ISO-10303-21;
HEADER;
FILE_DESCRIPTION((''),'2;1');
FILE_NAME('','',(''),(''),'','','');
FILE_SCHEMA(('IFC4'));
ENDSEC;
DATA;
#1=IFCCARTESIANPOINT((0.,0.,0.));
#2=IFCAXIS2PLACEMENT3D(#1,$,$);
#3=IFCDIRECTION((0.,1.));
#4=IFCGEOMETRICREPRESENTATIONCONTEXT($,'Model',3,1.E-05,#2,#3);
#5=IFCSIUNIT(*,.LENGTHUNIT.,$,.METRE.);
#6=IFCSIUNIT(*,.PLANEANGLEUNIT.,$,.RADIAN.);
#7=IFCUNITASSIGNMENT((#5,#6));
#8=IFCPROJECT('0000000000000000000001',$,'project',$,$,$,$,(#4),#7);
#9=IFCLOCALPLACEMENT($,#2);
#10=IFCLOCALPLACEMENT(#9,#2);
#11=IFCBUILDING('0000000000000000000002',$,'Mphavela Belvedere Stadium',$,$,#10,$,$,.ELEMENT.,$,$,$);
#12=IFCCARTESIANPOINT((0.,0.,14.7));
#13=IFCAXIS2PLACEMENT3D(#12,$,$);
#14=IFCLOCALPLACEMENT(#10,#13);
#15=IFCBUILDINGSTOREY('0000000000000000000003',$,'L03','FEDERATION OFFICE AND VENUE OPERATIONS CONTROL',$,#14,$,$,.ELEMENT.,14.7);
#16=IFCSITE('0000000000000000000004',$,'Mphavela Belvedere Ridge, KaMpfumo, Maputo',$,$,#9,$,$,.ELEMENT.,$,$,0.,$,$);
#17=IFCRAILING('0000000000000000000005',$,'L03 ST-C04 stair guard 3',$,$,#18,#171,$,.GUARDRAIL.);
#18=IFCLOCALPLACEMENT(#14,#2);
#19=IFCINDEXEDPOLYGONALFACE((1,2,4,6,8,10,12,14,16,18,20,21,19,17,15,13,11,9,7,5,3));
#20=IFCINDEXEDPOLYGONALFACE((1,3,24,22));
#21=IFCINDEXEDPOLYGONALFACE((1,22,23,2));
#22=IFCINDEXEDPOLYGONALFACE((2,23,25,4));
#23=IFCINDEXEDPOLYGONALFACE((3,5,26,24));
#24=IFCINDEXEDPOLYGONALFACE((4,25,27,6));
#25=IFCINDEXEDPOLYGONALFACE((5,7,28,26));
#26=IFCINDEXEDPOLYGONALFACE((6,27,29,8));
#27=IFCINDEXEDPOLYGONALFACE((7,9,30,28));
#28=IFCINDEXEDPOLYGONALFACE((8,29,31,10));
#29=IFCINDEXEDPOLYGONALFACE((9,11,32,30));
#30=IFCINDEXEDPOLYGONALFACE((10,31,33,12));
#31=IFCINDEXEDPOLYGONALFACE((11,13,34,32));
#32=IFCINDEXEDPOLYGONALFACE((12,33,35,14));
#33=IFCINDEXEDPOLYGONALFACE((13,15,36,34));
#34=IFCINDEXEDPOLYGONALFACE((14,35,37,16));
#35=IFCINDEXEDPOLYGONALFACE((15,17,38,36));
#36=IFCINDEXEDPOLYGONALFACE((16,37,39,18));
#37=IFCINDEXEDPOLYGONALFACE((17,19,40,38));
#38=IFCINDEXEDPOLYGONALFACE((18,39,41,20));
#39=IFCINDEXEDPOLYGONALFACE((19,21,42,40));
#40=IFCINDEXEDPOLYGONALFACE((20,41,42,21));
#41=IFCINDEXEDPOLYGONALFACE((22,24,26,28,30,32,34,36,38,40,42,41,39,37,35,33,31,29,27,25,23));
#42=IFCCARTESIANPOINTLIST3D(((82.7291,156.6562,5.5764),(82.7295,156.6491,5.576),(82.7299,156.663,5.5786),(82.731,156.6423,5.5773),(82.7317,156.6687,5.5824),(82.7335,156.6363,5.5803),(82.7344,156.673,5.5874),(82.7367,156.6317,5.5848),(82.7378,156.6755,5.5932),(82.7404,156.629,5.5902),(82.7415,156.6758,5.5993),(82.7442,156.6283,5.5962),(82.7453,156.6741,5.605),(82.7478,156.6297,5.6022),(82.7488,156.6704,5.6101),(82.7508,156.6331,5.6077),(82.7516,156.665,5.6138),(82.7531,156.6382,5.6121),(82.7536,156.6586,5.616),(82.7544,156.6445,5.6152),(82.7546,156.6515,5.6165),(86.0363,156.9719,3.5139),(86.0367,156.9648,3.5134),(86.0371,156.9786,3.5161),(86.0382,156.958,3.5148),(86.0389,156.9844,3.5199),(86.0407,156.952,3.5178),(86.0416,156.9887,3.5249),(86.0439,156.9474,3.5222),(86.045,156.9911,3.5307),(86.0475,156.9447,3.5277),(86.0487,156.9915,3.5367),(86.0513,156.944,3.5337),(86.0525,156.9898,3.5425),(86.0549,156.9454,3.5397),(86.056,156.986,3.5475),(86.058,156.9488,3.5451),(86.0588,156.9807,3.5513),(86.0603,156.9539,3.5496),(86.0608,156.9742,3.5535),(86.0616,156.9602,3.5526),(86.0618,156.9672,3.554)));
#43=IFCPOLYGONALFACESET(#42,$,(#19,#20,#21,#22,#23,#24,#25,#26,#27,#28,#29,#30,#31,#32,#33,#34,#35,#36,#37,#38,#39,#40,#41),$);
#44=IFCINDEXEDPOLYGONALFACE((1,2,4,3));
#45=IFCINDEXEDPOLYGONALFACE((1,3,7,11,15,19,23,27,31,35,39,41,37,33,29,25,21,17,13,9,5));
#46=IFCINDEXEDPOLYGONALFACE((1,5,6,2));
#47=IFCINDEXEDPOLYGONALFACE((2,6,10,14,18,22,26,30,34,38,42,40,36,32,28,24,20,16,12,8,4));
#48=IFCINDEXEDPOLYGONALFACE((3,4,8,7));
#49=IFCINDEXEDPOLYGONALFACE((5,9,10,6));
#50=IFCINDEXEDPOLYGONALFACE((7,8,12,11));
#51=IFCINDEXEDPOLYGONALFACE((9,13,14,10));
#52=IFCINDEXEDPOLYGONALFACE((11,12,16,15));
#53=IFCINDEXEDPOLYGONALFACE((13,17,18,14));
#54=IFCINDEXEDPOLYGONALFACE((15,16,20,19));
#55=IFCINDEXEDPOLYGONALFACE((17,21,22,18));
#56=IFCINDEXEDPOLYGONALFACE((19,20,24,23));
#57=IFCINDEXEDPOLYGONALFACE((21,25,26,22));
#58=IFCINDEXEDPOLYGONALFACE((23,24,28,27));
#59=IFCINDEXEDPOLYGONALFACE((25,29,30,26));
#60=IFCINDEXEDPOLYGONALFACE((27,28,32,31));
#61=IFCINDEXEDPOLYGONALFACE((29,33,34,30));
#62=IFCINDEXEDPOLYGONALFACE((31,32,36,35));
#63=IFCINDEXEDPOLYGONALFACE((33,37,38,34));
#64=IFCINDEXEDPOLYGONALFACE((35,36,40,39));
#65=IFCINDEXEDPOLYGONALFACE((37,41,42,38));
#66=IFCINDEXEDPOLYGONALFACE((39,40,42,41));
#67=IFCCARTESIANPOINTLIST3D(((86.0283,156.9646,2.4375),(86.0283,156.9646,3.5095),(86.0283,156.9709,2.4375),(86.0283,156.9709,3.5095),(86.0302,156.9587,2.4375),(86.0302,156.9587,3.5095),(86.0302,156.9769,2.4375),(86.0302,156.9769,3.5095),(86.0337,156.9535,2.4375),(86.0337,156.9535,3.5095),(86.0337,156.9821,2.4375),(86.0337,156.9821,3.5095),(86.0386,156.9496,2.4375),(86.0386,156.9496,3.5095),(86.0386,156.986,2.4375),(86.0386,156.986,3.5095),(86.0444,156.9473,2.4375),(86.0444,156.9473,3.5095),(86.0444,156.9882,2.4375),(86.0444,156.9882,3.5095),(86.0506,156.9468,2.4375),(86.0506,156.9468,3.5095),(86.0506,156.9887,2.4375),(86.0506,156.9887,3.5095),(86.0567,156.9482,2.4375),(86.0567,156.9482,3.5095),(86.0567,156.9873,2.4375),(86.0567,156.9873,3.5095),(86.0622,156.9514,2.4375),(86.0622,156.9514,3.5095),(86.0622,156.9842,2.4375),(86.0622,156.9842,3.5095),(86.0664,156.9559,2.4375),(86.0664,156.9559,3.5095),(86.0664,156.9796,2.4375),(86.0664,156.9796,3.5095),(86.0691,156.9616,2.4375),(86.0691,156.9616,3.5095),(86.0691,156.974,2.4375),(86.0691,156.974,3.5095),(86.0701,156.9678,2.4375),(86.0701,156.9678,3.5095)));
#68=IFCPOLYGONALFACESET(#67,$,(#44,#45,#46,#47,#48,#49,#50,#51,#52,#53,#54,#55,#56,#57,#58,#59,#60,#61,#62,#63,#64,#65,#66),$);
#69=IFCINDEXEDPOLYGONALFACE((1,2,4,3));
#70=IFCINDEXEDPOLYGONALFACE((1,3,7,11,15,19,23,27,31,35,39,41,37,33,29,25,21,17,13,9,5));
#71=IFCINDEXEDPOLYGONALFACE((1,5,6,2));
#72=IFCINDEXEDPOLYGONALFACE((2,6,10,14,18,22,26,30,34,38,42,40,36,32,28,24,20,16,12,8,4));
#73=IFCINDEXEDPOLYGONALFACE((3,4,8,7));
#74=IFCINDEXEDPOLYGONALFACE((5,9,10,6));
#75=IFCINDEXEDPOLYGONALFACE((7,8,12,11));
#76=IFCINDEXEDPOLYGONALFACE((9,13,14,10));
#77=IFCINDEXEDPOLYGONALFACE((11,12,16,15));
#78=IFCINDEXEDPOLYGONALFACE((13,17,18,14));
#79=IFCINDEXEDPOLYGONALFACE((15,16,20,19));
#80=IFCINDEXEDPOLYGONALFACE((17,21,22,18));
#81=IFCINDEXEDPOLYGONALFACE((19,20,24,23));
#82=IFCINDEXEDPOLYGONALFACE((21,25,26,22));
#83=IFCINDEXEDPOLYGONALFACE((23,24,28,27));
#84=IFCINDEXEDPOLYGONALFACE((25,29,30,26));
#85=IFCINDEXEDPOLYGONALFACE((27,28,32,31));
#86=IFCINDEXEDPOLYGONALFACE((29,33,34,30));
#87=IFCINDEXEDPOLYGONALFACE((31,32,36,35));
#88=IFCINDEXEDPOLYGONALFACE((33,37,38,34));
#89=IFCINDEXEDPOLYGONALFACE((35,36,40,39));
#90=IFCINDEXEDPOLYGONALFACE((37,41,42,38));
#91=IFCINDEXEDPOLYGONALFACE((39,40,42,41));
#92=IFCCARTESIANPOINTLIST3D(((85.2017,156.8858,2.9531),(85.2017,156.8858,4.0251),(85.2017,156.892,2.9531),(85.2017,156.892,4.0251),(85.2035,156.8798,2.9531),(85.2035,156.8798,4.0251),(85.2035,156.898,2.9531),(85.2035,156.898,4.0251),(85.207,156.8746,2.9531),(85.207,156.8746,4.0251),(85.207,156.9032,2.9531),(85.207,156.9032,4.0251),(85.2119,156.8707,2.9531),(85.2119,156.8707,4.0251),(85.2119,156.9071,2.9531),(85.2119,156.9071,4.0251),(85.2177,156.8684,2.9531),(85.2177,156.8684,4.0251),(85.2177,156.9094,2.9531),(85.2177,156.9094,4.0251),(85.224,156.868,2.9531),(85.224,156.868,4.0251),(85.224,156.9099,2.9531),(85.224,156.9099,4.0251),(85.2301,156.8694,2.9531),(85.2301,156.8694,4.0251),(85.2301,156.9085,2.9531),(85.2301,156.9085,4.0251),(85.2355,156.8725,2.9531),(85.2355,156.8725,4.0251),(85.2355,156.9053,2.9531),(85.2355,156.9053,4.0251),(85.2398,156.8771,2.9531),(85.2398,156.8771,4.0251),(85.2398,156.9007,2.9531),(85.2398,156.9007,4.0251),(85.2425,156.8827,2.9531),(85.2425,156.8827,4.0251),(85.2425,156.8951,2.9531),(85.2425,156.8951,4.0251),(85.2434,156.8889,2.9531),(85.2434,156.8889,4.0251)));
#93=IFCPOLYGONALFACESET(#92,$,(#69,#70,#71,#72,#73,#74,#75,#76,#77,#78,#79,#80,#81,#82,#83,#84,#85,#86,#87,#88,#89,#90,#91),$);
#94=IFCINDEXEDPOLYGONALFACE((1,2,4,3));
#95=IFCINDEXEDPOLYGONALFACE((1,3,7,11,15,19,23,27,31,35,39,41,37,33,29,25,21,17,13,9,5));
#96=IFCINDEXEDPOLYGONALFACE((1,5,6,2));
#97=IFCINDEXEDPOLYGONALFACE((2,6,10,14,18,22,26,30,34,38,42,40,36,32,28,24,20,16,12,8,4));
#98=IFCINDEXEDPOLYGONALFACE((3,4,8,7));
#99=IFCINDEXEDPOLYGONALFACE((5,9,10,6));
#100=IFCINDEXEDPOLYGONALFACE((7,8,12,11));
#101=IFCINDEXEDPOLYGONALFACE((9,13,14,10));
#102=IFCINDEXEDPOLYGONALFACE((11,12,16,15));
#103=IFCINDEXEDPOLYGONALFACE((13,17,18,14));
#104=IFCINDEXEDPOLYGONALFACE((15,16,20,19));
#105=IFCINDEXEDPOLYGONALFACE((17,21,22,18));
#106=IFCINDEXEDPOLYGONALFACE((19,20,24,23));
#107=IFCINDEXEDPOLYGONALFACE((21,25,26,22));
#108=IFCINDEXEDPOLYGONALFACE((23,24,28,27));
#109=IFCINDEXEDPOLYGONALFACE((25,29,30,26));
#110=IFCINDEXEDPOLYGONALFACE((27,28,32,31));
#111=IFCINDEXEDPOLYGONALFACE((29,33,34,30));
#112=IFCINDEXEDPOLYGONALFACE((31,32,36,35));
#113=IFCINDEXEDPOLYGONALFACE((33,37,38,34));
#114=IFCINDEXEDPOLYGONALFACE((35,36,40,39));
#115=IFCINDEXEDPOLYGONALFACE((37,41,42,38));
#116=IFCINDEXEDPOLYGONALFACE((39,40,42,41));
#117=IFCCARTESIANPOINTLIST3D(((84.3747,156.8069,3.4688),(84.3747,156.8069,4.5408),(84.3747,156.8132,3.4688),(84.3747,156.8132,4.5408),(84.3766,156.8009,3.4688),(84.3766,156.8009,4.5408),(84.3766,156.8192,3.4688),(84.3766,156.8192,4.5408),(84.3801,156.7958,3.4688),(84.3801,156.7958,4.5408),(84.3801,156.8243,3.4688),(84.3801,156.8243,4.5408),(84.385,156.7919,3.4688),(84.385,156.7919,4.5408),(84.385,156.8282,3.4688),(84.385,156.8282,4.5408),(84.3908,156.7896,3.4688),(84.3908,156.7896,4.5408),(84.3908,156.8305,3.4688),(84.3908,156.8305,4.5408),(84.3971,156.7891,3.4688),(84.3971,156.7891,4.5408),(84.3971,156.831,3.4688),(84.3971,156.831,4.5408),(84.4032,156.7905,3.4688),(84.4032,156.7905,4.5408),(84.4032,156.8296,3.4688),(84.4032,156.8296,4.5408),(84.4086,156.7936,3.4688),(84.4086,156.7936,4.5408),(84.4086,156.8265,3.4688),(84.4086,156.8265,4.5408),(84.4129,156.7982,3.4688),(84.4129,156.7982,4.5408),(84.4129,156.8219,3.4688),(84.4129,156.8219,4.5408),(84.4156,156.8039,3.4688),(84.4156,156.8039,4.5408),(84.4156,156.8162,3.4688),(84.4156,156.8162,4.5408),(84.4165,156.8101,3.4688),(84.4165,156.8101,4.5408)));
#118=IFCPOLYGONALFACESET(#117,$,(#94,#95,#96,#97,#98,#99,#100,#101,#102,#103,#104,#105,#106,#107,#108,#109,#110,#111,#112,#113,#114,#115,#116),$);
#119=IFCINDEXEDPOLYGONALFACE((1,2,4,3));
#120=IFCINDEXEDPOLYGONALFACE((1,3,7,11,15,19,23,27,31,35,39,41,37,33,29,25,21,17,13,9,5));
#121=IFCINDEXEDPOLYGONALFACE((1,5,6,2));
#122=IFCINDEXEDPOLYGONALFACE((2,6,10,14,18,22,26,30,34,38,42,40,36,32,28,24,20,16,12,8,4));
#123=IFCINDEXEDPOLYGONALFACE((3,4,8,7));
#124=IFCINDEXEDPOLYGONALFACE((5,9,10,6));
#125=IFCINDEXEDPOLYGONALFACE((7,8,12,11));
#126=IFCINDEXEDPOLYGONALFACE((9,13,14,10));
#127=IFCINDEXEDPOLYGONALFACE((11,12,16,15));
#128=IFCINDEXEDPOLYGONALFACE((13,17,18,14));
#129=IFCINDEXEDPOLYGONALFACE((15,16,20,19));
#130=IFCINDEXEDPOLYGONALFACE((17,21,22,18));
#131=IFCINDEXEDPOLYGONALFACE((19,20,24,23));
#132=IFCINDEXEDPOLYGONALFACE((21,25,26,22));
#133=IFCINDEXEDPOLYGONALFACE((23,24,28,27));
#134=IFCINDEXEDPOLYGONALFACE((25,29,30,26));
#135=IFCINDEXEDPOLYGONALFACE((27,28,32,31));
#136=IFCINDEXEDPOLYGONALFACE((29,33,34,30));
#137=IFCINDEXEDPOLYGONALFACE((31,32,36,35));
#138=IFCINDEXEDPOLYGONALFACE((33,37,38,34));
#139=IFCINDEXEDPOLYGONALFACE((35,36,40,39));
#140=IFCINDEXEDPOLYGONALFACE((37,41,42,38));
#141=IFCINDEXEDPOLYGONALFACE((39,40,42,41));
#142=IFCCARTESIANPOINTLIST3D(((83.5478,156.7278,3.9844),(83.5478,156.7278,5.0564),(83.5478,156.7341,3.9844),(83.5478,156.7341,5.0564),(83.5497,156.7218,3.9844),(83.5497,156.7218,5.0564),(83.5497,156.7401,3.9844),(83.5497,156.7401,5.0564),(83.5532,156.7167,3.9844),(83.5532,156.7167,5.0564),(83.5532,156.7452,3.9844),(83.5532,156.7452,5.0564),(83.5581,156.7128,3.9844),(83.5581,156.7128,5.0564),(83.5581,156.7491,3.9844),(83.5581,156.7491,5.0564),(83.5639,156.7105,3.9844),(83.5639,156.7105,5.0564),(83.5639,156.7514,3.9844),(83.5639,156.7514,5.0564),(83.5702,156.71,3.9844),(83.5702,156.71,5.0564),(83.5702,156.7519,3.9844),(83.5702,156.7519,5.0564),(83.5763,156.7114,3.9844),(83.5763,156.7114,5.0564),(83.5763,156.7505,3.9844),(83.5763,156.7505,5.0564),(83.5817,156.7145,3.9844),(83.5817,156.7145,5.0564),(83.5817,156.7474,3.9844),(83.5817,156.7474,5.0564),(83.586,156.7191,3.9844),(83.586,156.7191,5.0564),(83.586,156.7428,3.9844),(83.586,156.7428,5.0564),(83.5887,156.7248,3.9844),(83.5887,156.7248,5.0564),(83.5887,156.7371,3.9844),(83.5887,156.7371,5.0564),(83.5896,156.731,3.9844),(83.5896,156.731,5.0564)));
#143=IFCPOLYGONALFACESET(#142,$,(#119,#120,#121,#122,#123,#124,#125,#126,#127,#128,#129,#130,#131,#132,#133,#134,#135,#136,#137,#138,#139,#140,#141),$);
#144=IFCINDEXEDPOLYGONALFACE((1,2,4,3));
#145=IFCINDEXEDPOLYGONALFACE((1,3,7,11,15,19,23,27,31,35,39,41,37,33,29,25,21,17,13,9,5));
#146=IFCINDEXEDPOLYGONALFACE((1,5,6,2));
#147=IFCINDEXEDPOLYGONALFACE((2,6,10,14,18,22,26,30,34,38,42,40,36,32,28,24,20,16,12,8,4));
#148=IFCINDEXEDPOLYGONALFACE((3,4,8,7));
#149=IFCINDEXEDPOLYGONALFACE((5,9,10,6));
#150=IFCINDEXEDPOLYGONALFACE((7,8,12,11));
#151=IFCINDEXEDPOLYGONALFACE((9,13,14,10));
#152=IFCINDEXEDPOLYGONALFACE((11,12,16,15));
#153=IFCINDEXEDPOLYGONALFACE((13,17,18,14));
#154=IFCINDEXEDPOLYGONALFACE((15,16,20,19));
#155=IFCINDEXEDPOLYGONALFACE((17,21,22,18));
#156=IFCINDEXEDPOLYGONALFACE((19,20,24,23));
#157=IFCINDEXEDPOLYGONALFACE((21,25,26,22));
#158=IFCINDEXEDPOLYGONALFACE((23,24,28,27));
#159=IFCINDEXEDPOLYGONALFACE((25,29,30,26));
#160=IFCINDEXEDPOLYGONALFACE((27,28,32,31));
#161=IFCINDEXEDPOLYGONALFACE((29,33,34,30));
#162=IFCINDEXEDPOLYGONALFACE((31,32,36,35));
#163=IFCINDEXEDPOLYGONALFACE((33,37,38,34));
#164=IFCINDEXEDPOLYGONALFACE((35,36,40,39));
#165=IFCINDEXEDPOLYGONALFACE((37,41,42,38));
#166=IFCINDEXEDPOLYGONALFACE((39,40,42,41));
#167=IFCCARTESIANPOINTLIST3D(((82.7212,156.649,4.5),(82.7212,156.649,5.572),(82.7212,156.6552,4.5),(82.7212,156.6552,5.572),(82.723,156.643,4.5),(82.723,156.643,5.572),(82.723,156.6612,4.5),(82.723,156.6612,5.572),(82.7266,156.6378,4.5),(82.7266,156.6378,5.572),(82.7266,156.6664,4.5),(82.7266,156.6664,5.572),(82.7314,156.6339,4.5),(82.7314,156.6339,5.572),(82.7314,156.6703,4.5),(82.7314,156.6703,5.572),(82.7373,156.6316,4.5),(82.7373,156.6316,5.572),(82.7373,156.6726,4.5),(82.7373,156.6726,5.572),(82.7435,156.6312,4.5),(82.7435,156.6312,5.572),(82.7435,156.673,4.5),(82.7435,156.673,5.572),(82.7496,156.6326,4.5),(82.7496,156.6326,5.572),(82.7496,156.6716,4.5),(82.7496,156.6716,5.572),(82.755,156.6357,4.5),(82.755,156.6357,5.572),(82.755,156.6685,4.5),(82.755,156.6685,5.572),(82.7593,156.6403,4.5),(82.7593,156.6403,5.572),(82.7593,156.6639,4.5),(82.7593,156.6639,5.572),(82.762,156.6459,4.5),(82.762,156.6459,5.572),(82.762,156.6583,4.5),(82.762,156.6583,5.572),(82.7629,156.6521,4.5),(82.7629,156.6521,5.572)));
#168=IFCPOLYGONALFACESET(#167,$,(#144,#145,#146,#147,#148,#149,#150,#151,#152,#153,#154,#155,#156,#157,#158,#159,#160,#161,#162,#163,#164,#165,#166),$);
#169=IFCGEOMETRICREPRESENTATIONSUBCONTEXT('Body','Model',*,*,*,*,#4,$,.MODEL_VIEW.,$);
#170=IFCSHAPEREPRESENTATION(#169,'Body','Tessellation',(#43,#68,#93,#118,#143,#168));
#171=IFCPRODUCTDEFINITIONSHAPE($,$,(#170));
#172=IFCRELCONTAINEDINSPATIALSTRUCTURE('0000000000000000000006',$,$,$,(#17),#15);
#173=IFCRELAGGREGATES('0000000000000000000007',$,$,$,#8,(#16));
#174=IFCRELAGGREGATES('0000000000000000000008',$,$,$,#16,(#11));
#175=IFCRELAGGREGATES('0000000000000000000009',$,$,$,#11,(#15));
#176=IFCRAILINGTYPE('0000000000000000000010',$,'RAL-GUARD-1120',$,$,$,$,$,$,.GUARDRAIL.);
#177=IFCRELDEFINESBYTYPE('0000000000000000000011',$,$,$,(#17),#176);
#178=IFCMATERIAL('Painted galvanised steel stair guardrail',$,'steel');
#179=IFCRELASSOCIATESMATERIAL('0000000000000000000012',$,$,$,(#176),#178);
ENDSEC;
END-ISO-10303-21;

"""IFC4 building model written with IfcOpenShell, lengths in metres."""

from ifc_helpers import new_model, si_unit, direction, frame, origin, origin_2d, place, context, subcontext, project, spatial, circle, extrude, material, type_object, element, save


model = new_model("IFC4")

# Units and contexts
model_context = context("Model", 3, precision=1e-05, world=origin(), true_north=direction((0.0, 1.0)))
body_context = subcontext(model_context, "Body", "Model", "MODEL_VIEW")
ifc_project = project(units=[si_unit("LENGTHUNIT", "METRE"), si_unit("PLANEANGLEUNIT", "RADIAN")], contexts=[model_context])

# Site, building, storey
site_placement = place(None, origin())
site = spatial("IfcSite", under=ifc_project, at=site_placement, Name="Mphavela Belvedere Ridge, KaMpfumo, Maputo", CompositionType="ELEMENT", RefElevation=0.0)
building_placement = place(site_placement, origin())
building = spatial("IfcBuilding", under=site, at=building_placement, Name="Mphavela Belvedere Stadium", CompositionType="ELEMENT")
storey_placement = place(building_placement, frame((0.0, 0.0, 14.7)))
storey = spatial("IfcBuildingStorey", under=building, at=storey_placement, Name="L03", Description="FEDERATION OFFICE AND VENUE OPERATIONS CONTROL", CompositionType="ELEMENT", Elevation=14.7)

# Railing
ifc_material_1 = material(Name="Painted galvanised steel stair guardrail", Category="steel")
railing_type_1 = type_object("IfcRailingType", Name="RAL-GUARD-1120", PredefinedType="GUARDRAIL", material=ifc_material_1)
railing_1_placement = place(storey_placement, frame((86.0491, 156.9678, 2.4375)))
element("IfcRailing", 1, at=railing_1_placement, inside=storey, type_object=railing_type_1, Name="L03 ST-C04 stair guard 3", PredefinedType="GUARDRAIL", context=body_context, shape_type="SweptSolid", body=[
    extrude(circle(Radius=0.0239, at=origin_2d()), frame((0.0, 0.0, 1.0962), z_axis=(-0.845742, -0.080728, 0.527449), x_axis=(0.095021, -0.995475, 0.0)), (0.0, 0.0, 1.0), 3.9104),
    extrude(circle(Radius=0.021, at=origin_2d()), origin(), (0.0, 0.0, 1.0), 1.072),
    extrude(circle(Radius=0.021, at=origin_2d()), frame((-0.8267, -0.0789, 0.5156)), (0.0, 0.0, 1.0), 1.072),
    extrude(circle(Radius=0.021, at=origin_2d()), frame((-1.6536, -0.1577, 1.0312)), (0.0, 0.0, 1.0), 1.072),
    extrude(circle(Radius=0.021, at=origin_2d()), frame((-2.4805, -0.2368, 1.5469)), (0.0, 0.0, 1.0), 1.072),
    extrude(circle(Radius=0.021, at=origin_2d()), frame((-3.3071, -0.3157, 2.0625)), (0.0, 0.0, 1.0), 1.072),
])

save(model, "model.ifc")
